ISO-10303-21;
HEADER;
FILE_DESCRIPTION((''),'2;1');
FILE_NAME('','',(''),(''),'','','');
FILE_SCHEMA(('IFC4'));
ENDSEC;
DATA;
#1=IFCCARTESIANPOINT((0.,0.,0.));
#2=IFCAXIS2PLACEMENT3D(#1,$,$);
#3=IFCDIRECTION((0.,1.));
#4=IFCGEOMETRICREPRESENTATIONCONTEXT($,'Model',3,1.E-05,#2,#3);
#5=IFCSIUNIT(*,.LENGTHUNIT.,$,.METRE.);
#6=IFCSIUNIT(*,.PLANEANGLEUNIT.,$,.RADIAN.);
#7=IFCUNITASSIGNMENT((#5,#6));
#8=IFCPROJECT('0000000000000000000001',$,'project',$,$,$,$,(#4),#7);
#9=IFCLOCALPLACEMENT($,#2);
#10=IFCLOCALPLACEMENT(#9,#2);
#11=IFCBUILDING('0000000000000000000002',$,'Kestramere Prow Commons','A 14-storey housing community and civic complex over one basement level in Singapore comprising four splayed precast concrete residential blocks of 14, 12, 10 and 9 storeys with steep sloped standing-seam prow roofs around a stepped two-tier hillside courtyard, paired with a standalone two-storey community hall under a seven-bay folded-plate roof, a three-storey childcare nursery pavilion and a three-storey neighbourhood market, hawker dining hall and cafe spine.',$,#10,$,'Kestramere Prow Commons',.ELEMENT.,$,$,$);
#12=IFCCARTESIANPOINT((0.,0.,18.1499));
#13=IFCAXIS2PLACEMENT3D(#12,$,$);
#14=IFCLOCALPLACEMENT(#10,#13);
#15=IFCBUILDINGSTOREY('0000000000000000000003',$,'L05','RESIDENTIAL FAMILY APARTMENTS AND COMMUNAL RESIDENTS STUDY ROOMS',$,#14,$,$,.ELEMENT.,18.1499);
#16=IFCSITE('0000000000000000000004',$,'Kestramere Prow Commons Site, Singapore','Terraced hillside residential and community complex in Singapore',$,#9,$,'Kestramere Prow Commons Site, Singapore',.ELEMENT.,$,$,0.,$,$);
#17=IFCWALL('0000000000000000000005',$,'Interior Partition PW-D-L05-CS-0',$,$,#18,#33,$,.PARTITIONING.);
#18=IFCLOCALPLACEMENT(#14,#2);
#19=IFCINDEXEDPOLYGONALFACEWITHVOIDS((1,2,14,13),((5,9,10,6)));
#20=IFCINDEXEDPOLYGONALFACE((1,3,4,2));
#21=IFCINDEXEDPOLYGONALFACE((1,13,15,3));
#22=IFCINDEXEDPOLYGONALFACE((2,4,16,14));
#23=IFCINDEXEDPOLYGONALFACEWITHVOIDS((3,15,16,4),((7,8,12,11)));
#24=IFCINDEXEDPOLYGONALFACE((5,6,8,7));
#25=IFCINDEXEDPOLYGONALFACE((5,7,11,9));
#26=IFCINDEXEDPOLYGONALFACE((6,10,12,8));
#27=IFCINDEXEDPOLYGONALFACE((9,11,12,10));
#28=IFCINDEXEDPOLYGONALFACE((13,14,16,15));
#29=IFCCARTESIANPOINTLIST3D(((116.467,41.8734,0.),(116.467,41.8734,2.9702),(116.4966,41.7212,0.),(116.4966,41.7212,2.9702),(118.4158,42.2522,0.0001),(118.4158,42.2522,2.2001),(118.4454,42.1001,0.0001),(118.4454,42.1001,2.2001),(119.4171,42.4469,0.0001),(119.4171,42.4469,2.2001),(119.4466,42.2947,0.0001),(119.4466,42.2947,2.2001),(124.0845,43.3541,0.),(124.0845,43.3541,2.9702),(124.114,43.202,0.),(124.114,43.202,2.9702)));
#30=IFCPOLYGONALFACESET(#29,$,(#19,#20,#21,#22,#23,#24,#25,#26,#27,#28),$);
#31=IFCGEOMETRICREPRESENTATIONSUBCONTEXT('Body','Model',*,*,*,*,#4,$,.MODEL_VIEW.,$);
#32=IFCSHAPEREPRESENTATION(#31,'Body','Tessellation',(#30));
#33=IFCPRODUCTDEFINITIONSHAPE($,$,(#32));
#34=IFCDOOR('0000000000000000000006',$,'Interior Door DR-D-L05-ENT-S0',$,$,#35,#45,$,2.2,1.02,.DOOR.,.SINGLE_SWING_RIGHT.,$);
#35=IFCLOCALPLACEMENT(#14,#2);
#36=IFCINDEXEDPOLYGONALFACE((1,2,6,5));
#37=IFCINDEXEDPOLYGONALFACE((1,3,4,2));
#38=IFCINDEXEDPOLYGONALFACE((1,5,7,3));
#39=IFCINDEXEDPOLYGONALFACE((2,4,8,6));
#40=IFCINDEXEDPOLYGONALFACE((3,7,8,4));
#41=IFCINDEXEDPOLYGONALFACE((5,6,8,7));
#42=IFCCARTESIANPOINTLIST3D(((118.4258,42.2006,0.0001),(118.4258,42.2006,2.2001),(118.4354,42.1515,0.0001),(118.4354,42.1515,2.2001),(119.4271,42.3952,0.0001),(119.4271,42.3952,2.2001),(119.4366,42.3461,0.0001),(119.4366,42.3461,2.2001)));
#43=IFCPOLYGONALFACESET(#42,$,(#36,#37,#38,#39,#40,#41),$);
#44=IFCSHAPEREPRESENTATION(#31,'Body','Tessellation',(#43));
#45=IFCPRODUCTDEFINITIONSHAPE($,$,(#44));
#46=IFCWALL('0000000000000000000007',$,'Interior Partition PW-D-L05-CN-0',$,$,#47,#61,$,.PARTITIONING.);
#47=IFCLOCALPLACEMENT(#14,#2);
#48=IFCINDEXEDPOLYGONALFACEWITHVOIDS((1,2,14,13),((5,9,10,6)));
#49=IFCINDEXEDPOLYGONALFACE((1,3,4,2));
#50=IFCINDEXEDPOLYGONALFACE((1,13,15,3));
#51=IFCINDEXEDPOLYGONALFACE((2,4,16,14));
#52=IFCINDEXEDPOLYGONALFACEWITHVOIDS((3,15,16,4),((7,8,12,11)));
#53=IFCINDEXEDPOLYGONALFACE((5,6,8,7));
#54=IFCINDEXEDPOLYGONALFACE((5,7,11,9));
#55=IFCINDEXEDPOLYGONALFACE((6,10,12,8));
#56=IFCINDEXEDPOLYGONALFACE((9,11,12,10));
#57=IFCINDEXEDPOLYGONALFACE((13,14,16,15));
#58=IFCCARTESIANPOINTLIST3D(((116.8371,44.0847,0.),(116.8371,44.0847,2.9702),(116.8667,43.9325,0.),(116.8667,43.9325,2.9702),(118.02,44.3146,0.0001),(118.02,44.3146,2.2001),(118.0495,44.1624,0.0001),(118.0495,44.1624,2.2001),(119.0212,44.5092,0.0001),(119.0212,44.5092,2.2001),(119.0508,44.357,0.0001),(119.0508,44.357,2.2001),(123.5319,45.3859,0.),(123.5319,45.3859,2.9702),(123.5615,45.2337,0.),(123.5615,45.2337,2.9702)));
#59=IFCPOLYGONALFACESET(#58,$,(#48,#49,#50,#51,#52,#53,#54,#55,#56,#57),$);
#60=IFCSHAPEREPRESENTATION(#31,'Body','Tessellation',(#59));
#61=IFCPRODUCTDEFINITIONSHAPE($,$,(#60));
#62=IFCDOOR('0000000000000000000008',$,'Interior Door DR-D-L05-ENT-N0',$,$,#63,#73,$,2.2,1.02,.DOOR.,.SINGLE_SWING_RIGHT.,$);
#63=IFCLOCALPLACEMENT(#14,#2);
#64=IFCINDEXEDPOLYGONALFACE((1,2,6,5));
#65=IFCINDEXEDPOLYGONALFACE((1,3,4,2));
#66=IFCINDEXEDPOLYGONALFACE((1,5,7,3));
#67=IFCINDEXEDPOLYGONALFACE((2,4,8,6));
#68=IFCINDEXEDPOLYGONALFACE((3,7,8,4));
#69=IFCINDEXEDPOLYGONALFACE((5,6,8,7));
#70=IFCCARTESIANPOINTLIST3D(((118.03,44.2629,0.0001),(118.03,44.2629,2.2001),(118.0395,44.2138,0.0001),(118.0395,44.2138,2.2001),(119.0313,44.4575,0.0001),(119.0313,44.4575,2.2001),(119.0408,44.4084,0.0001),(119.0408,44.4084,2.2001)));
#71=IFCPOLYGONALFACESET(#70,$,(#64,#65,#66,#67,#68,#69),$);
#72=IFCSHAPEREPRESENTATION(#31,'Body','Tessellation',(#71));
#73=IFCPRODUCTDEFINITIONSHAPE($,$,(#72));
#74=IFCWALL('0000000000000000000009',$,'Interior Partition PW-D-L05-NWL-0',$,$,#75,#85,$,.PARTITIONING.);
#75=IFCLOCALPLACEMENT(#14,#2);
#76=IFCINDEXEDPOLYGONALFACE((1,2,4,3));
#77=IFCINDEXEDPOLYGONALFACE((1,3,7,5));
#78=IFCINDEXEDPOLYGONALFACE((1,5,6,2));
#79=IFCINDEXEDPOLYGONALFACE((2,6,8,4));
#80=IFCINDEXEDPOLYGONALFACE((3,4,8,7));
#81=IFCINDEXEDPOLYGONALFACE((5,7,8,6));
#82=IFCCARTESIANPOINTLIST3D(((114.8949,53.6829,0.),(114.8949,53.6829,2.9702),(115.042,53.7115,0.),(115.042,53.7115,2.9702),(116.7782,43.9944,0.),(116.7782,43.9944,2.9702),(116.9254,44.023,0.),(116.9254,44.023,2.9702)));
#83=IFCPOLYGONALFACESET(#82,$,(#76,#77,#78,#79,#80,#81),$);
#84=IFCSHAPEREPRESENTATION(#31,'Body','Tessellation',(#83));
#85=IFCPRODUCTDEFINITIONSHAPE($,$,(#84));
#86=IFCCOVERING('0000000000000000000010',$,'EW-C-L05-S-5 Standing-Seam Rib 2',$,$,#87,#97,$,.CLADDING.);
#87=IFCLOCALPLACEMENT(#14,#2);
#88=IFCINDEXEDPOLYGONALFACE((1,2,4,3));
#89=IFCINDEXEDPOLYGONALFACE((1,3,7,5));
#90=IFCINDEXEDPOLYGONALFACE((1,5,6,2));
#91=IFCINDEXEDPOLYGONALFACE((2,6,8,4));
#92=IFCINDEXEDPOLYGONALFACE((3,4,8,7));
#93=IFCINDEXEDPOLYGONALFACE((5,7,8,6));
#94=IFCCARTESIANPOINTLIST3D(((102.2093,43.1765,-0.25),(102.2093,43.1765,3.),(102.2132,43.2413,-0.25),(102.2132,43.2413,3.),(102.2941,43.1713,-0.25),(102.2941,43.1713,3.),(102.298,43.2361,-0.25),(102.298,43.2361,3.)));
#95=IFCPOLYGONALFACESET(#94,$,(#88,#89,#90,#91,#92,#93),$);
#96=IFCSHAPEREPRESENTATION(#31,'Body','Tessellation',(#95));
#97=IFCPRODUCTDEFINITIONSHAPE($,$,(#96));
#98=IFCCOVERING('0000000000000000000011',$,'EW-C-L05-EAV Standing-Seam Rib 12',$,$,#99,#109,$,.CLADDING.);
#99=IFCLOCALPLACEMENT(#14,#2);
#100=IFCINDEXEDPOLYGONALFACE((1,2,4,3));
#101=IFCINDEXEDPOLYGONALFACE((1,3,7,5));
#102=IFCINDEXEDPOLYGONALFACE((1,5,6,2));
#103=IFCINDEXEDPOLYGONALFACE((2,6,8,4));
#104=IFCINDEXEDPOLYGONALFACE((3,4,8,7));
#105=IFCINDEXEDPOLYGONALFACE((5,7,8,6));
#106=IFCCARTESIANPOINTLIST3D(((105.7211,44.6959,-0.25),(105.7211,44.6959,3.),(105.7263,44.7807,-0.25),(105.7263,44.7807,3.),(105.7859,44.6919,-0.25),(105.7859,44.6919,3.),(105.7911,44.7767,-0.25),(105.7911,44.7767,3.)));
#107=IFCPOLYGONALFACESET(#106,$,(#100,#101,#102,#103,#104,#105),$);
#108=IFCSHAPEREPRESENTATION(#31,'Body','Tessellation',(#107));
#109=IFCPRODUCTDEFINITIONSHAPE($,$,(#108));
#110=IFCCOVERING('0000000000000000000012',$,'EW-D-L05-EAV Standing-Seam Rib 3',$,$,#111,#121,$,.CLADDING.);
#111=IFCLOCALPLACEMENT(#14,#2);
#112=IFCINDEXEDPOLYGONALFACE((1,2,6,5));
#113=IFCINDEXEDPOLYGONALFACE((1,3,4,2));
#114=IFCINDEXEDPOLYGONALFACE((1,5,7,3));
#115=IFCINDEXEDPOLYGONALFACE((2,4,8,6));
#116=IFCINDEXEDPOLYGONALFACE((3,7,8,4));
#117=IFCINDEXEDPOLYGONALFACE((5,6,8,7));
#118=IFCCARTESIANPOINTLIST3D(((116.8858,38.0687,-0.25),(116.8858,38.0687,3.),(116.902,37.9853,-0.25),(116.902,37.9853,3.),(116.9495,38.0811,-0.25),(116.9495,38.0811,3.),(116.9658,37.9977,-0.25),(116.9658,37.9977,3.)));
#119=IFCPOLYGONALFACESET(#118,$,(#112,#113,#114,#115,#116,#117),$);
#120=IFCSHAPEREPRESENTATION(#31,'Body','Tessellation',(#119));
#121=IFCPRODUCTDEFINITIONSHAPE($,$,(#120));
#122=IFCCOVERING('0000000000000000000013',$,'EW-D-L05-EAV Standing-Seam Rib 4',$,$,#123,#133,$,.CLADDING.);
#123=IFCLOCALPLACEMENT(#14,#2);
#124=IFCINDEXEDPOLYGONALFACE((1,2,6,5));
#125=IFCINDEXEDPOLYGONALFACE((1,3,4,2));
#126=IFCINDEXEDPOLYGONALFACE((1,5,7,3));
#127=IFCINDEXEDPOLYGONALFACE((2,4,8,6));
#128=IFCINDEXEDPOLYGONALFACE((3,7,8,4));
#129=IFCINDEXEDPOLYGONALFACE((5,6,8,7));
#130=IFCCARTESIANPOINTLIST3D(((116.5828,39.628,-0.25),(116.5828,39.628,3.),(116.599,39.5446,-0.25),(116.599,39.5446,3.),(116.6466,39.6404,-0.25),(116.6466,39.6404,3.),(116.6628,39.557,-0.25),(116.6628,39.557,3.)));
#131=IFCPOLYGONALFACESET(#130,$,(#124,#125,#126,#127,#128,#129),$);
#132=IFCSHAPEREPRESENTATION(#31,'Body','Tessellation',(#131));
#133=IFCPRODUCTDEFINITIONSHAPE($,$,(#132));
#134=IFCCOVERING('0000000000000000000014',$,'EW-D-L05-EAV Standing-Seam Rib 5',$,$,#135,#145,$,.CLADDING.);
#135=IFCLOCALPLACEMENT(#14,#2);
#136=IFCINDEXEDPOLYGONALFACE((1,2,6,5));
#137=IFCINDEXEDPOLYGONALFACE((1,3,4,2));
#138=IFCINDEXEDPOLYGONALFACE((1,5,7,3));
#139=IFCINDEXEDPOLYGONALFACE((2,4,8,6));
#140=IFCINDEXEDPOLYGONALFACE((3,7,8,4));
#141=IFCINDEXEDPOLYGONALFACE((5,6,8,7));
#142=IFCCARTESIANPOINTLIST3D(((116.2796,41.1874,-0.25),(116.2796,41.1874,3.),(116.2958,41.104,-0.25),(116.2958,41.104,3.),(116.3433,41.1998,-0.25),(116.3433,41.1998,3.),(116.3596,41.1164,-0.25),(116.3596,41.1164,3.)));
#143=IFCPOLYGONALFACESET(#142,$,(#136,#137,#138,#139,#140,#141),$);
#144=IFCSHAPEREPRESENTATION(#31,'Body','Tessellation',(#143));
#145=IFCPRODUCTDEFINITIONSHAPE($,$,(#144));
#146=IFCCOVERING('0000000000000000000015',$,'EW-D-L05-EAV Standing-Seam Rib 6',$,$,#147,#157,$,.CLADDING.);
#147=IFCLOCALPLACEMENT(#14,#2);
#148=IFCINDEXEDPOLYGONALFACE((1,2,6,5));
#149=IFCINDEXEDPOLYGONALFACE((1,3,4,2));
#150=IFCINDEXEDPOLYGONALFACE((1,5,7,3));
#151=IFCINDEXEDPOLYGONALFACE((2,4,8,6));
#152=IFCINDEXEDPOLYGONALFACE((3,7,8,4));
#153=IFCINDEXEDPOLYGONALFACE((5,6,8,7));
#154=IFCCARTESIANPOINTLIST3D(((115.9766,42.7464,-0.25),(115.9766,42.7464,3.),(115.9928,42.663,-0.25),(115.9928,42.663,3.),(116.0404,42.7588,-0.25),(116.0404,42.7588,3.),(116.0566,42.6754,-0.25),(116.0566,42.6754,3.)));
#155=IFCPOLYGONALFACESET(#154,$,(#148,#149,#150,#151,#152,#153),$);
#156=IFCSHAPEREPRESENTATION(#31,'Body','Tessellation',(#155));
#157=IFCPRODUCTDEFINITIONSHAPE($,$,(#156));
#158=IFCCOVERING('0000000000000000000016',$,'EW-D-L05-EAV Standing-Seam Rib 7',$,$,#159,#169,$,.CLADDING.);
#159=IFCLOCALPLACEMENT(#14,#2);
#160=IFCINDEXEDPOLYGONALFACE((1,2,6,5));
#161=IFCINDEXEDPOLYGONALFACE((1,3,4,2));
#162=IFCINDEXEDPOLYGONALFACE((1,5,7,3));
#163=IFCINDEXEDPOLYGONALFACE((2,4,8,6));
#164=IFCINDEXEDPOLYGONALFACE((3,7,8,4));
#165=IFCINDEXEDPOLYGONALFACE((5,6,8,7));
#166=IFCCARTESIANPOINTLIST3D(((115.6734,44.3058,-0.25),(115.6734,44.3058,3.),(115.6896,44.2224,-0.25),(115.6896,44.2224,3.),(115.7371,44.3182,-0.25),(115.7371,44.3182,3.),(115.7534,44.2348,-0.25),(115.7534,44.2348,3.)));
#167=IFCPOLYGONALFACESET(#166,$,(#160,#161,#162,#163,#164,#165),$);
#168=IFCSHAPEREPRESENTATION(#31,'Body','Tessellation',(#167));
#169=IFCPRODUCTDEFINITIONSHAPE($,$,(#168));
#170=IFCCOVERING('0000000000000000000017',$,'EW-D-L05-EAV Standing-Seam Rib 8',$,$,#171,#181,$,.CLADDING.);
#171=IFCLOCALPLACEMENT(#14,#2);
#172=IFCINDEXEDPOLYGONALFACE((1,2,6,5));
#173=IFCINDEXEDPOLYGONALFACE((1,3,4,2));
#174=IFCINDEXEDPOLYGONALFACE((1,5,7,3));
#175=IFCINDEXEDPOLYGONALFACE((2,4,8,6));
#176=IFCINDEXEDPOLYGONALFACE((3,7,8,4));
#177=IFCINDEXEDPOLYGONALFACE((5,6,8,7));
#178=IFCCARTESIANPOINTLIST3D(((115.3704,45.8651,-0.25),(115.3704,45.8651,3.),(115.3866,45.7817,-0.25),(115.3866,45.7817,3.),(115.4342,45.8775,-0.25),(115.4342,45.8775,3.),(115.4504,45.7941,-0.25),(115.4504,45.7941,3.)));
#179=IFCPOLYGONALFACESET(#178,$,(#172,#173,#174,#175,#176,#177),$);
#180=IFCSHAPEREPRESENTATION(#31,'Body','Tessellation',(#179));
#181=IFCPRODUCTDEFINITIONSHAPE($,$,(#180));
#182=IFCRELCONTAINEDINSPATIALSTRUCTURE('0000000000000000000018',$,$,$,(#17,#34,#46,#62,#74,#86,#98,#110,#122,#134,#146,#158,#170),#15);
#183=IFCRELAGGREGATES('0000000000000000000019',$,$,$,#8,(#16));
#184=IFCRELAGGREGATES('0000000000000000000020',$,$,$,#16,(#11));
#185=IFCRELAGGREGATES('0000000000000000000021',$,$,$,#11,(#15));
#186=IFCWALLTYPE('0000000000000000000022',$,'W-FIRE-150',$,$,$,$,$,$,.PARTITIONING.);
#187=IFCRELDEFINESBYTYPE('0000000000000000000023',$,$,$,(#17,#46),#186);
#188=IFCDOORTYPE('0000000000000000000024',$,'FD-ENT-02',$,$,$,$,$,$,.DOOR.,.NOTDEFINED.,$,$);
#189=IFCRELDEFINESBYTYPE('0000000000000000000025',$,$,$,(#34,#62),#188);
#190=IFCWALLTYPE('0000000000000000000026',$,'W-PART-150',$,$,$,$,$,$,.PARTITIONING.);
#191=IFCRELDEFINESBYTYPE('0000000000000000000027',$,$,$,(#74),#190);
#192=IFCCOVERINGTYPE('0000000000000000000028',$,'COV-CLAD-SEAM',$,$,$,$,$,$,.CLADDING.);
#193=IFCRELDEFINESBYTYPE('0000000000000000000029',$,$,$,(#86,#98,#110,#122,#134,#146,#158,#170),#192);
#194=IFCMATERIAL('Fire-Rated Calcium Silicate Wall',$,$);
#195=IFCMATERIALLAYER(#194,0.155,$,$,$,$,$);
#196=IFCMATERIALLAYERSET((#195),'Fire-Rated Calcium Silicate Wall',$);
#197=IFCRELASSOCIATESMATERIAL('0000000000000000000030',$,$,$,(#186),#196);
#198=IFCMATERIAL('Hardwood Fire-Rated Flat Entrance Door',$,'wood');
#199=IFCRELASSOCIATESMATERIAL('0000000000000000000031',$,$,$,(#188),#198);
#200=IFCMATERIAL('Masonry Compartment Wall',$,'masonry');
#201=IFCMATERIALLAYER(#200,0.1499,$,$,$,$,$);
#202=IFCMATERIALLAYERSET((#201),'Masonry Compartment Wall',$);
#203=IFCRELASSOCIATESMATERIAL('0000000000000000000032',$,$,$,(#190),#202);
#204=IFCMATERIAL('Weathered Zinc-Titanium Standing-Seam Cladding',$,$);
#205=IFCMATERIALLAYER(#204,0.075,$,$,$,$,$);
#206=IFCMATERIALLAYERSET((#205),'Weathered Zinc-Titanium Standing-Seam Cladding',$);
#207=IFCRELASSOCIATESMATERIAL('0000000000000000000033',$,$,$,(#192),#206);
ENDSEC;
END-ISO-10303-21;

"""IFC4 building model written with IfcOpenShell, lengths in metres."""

from ifc_helpers import new_model, si_unit, direction, frame, frame_2d, origin, origin_2d, place, context, subcontext, project, spatial, rectangle, extrude, material, layer, layer_set, type_object, element, fill, save


model = new_model("IFC4")

# Units and contexts
model_context = context("Model", 3, precision=1e-05, world=origin(), true_north=direction((0.0, 1.0)))
body_context = subcontext(model_context, "Body", "Model", "MODEL_VIEW")
ifc_project = project(units=[si_unit("LENGTHUNIT", "METRE"), si_unit("PLANEANGLEUNIT", "RADIAN")], contexts=[model_context])

# Site, building, storey
site_placement = place(None, origin())
site = spatial("IfcSite", under=ifc_project, at=site_placement, Name="Kestramere Prow Commons Site, Singapore", Description="Terraced hillside residential and community complex in Singapore", LongName="Kestramere Prow Commons Site, Singapore", CompositionType="ELEMENT", RefElevation=0.0)
building_placement = place(site_placement, origin())
building = spatial("IfcBuilding", under=site, at=building_placement, Name="Kestramere Prow Commons", Description="A 14-storey housing community and civic complex over one basement level in Singapore comprising four splayed precast concrete residential blocks of 14, 12, 10 and 9 storeys with steep sloped standing-seam prow roofs around a stepped two-tier hillside courtyard, paired with a standalone two-storey community hall under a seven-bay folded-plate roof, a three-storey childcare nursery pavilion and a three-storey neighbourhood market, hawker dining hall and cafe spine.", LongName="Kestramere Prow Commons", CompositionType="ELEMENT")
storey_placement = place(building_placement, frame((0.0, 0.0, 18.1499)))
storey = spatial("IfcBuildingStorey", under=building, at=storey_placement, Name="L05", Description="RESIDENTIAL FAMILY APARTMENTS AND COMMUNAL RESIDENTS STUDY ROOMS", CompositionType="ELEMENT", Elevation=18.1499)

# Walls, openings, doors
ifc_material_1 = material(Name="Fire-Rated Calcium Silicate Wall")
ifc_layer_1 = layer(ifc_material_1, 0.155)
ifc_layer_set_1 = layer_set([ifc_layer_1], Name="Fire-Rated Calcium Silicate Wall")
wall_type_1 = type_object("IfcWallType", Name="W-FIRE-150", PredefinedType="PARTITIONING", material=ifc_layer_set_1)
wall_1_placement = place(storey_placement, frame((116.4819, 41.7974, 0.0), z_axis=(0.0, 0.0, 1.0), x_axis=(0.981626, 0.190813, 0.0)))
wall_1 = element("IfcWall", 1, at=wall_1_placement, inside=storey, type_object=wall_type_1, Name="Interior Partition PW-D-L05-CS-0", PredefinedType="PARTITIONING", context=body_context, shape_type="SweptSolid", body=[
    extrude(rectangle(XDim=7.76, YDim=0.155, at=frame_2d((3.8799, 0.0))), origin(), (0.0, 0.0, 1.0), 2.9702),
])
opening_1_placement = place(wall_1_placement, frame((1.9851, 0.0, 0.0)))
opening_1 = element("IfcOpeningElement", 2, at=opening_1_placement, cuts=wall_1, PredefinedType="OPENING", context=body_context, shape_type="SweptSolid", body=[
    extrude(rectangle(XDim=1.02, YDim=2.2, at=frame_2d((0.51, 1.1001))), frame((0.0, 0.0925, 0.0), z_axis=(0.0, -1.0, 0.0), x_axis=(1.0, 0.0, 0.0)), (0.0, 0.0, 1.0), 0.1851),
])
ifc_material_2 = material(Name="Hardwood Fire-Rated Flat Entrance Door", Category="wood")
door_type = type_object("IfcDoorType", Name="FD-ENT-02", OperationType="NOTDEFINED", PredefinedType="DOOR", material=ifc_material_2)
door_1_placement = place(opening_1_placement, origin())
door_1 = element("IfcDoor", 3, at=door_1_placement, inside=storey, type_object=door_type, Name="Interior Door DR-D-L05-ENT-S0", OperationType="SINGLE_SWING_RIGHT", OverallHeight=2.2, OverallWidth=1.02, PredefinedType="DOOR", context=body_context, shape_type="SweptSolid", body=[
    extrude(rectangle(XDim=1.02, YDim=2.2, at=frame_2d((0.51, 1.1001))), frame((0.0, 0.0249, 0.0), z_axis=(0.0, -1.0, 0.0), x_axis=(1.0, 0.0, 0.0)), (0.0, 0.0, 1.0), 0.05),
])
fill(opening_1, door_1)
wall_2_placement = place(storey_placement, frame((116.8518, 44.0085, 0.0), z_axis=(0.0, 0.0, 1.0), x_axis=(0.981629, 0.190799, 0.0)))
wall_2 = element("IfcWall", 4, at=wall_2_placement, inside=storey, type_object=wall_type_1, Name="Interior Partition PW-D-L05-CN-0", PredefinedType="PARTITIONING", context=body_context, shape_type="SweptSolid", body=[
    extrude(rectangle(XDim=6.8201, YDim=0.155, at=frame_2d((3.4102, 0.0))), origin(), (0.0, 0.0, 1.0), 2.9702),
])
opening_2_placement = place(wall_2_placement, frame((1.2051, 0.0, 0.0)))
opening_2 = element("IfcOpeningElement", 5, at=opening_2_placement, cuts=wall_2, PredefinedType="OPENING", context=body_context, shape_type="SweptSolid", body=[
    extrude(rectangle(XDim=1.02, YDim=2.2, at=frame_2d((0.51, 1.1001))), frame((0.0, 0.0925, 0.0), z_axis=(0.0, -1.0, 0.0), x_axis=(1.0, 0.0, 0.0)), (0.0, 0.0, 1.0), 0.1851),
])
door_2_placement = place(opening_2_placement, origin())
door_2 = element("IfcDoor", 6, at=door_2_placement, inside=storey, type_object=door_type, Name="Interior Door DR-D-L05-ENT-N0", OperationType="SINGLE_SWING_RIGHT", OverallHeight=2.2, OverallWidth=1.02, PredefinedType="DOOR", context=body_context, shape_type="SweptSolid", body=[
    extrude(rectangle(XDim=1.02, YDim=2.2, at=frame_2d((0.51, 1.1001))), frame((0.0, 0.0249, 0.0), z_axis=(0.0, -1.0, 0.0), x_axis=(1.0, 0.0, 0.0)), (0.0, 0.0, 1.0), 0.05),
])
fill(opening_2, door_2)

# Wall
ifc_material_3 = material(Name="Masonry Compartment Wall", Category="masonry")
ifc_layer_2 = layer(ifc_material_3, 0.1499)
ifc_layer_set_2 = layer_set([ifc_layer_2], Name="Masonry Compartment Wall")
wall_type_2 = type_object("IfcWallType", Name="W-PART-150", PredefinedType="PARTITIONING", material=ifc_layer_set_2)
wall_3_placement = place(storey_placement, frame((116.8518, 44.0085, 0.0), z_axis=(0.0, 0.0, 1.0), x_axis=(-0.190814, 0.981626, 0.0)))
element("IfcWall", 7, at=wall_3_placement, inside=storey, type_object=wall_type_2, Name="Interior Partition PW-D-L05-NWL-0", PredefinedType="PARTITIONING", context=body_context, shape_type="SweptSolid", body=[
    extrude(rectangle(XDim=9.8699, YDim=0.1499, at=frame_2d((4.9351, 0.0))), origin(), (0.0, 0.0, 1.0), 2.9702),
])

# Coverings
ifc_material_4 = material(Name="Weathered Zinc-Titanium Standing-Seam Cladding")
ifc_layer_3 = layer(ifc_material_4, 0.075)
ifc_layer_set_3 = layer_set([ifc_layer_3], Name="Weathered Zinc-Titanium Standing-Seam Cladding")
covering_type = type_object("IfcCoveringType", Name="COV-CLAD-SEAM", PredefinedType="CLADDING", material=ifc_layer_set_3)
for number, where, z_axis, x_axis, name in (
    (8, (102.2537, 43.2063, -0.25), (0.0, 0.0, 1.0), (-0.998135, 0.061049, 0.0), "EW-C-L05-S-5 Standing-Seam Rib 2"),
    (9, (105.7561, 44.7363, -0.25), (0.0, 0.0, 1.0), (-0.061049, -0.998135, 0.0), "EW-C-L05-EAV Standing-Seam Rib 12"),
    (10, (116.9258, 38.0332, -0.25), (0.0, 0.0, 1.0), (-0.190809, 0.981627, 0.0), "EW-D-L05-EAV Standing-Seam Rib 3"),
    (11, (116.6228, 39.5925, -0.25), (0.0, 0.0, 1.0), (-0.190809, 0.981627, 0.0), "EW-D-L05-EAV Standing-Seam Rib 4"),
    (12, (116.3196, 41.1519, -0.25), (0.0, 0.0, 1.0), (-0.190809, 0.981627, 0.0), "EW-D-L05-EAV Standing-Seam Rib 5"),
    (13, (116.0166, 42.7109, -0.25), (0.0, 0.0, 1.0), (-0.190809, 0.981627, 0.0), "EW-D-L05-EAV Standing-Seam Rib 6"),
    (14, (115.7134, 44.2703, -0.25), (0.0, 0.0, 1.0), (-0.190809, 0.981627, 0.0), "EW-D-L05-EAV Standing-Seam Rib 7"),
    (15, (115.4104, 45.8296, -0.25), (0.0, 0.0, 1.0), (-0.190809, 0.981627, 0.0), "EW-D-L05-EAV Standing-Seam Rib 8"),
):
    element("IfcCovering", number, at=place(storey_placement, frame(where, z_axis=z_axis, x_axis=x_axis)), inside=storey, type_object=covering_type, Name=name, PredefinedType="CLADDING", context=body_context, shape_type="SweptSolid", body=[
        extrude(rectangle(XDim=0.085, YDim=0.0649, at=origin_2d()), origin(), (0.0, 0.0, 1.0), 3.25),
    ])

save(model, "model.ifc")
